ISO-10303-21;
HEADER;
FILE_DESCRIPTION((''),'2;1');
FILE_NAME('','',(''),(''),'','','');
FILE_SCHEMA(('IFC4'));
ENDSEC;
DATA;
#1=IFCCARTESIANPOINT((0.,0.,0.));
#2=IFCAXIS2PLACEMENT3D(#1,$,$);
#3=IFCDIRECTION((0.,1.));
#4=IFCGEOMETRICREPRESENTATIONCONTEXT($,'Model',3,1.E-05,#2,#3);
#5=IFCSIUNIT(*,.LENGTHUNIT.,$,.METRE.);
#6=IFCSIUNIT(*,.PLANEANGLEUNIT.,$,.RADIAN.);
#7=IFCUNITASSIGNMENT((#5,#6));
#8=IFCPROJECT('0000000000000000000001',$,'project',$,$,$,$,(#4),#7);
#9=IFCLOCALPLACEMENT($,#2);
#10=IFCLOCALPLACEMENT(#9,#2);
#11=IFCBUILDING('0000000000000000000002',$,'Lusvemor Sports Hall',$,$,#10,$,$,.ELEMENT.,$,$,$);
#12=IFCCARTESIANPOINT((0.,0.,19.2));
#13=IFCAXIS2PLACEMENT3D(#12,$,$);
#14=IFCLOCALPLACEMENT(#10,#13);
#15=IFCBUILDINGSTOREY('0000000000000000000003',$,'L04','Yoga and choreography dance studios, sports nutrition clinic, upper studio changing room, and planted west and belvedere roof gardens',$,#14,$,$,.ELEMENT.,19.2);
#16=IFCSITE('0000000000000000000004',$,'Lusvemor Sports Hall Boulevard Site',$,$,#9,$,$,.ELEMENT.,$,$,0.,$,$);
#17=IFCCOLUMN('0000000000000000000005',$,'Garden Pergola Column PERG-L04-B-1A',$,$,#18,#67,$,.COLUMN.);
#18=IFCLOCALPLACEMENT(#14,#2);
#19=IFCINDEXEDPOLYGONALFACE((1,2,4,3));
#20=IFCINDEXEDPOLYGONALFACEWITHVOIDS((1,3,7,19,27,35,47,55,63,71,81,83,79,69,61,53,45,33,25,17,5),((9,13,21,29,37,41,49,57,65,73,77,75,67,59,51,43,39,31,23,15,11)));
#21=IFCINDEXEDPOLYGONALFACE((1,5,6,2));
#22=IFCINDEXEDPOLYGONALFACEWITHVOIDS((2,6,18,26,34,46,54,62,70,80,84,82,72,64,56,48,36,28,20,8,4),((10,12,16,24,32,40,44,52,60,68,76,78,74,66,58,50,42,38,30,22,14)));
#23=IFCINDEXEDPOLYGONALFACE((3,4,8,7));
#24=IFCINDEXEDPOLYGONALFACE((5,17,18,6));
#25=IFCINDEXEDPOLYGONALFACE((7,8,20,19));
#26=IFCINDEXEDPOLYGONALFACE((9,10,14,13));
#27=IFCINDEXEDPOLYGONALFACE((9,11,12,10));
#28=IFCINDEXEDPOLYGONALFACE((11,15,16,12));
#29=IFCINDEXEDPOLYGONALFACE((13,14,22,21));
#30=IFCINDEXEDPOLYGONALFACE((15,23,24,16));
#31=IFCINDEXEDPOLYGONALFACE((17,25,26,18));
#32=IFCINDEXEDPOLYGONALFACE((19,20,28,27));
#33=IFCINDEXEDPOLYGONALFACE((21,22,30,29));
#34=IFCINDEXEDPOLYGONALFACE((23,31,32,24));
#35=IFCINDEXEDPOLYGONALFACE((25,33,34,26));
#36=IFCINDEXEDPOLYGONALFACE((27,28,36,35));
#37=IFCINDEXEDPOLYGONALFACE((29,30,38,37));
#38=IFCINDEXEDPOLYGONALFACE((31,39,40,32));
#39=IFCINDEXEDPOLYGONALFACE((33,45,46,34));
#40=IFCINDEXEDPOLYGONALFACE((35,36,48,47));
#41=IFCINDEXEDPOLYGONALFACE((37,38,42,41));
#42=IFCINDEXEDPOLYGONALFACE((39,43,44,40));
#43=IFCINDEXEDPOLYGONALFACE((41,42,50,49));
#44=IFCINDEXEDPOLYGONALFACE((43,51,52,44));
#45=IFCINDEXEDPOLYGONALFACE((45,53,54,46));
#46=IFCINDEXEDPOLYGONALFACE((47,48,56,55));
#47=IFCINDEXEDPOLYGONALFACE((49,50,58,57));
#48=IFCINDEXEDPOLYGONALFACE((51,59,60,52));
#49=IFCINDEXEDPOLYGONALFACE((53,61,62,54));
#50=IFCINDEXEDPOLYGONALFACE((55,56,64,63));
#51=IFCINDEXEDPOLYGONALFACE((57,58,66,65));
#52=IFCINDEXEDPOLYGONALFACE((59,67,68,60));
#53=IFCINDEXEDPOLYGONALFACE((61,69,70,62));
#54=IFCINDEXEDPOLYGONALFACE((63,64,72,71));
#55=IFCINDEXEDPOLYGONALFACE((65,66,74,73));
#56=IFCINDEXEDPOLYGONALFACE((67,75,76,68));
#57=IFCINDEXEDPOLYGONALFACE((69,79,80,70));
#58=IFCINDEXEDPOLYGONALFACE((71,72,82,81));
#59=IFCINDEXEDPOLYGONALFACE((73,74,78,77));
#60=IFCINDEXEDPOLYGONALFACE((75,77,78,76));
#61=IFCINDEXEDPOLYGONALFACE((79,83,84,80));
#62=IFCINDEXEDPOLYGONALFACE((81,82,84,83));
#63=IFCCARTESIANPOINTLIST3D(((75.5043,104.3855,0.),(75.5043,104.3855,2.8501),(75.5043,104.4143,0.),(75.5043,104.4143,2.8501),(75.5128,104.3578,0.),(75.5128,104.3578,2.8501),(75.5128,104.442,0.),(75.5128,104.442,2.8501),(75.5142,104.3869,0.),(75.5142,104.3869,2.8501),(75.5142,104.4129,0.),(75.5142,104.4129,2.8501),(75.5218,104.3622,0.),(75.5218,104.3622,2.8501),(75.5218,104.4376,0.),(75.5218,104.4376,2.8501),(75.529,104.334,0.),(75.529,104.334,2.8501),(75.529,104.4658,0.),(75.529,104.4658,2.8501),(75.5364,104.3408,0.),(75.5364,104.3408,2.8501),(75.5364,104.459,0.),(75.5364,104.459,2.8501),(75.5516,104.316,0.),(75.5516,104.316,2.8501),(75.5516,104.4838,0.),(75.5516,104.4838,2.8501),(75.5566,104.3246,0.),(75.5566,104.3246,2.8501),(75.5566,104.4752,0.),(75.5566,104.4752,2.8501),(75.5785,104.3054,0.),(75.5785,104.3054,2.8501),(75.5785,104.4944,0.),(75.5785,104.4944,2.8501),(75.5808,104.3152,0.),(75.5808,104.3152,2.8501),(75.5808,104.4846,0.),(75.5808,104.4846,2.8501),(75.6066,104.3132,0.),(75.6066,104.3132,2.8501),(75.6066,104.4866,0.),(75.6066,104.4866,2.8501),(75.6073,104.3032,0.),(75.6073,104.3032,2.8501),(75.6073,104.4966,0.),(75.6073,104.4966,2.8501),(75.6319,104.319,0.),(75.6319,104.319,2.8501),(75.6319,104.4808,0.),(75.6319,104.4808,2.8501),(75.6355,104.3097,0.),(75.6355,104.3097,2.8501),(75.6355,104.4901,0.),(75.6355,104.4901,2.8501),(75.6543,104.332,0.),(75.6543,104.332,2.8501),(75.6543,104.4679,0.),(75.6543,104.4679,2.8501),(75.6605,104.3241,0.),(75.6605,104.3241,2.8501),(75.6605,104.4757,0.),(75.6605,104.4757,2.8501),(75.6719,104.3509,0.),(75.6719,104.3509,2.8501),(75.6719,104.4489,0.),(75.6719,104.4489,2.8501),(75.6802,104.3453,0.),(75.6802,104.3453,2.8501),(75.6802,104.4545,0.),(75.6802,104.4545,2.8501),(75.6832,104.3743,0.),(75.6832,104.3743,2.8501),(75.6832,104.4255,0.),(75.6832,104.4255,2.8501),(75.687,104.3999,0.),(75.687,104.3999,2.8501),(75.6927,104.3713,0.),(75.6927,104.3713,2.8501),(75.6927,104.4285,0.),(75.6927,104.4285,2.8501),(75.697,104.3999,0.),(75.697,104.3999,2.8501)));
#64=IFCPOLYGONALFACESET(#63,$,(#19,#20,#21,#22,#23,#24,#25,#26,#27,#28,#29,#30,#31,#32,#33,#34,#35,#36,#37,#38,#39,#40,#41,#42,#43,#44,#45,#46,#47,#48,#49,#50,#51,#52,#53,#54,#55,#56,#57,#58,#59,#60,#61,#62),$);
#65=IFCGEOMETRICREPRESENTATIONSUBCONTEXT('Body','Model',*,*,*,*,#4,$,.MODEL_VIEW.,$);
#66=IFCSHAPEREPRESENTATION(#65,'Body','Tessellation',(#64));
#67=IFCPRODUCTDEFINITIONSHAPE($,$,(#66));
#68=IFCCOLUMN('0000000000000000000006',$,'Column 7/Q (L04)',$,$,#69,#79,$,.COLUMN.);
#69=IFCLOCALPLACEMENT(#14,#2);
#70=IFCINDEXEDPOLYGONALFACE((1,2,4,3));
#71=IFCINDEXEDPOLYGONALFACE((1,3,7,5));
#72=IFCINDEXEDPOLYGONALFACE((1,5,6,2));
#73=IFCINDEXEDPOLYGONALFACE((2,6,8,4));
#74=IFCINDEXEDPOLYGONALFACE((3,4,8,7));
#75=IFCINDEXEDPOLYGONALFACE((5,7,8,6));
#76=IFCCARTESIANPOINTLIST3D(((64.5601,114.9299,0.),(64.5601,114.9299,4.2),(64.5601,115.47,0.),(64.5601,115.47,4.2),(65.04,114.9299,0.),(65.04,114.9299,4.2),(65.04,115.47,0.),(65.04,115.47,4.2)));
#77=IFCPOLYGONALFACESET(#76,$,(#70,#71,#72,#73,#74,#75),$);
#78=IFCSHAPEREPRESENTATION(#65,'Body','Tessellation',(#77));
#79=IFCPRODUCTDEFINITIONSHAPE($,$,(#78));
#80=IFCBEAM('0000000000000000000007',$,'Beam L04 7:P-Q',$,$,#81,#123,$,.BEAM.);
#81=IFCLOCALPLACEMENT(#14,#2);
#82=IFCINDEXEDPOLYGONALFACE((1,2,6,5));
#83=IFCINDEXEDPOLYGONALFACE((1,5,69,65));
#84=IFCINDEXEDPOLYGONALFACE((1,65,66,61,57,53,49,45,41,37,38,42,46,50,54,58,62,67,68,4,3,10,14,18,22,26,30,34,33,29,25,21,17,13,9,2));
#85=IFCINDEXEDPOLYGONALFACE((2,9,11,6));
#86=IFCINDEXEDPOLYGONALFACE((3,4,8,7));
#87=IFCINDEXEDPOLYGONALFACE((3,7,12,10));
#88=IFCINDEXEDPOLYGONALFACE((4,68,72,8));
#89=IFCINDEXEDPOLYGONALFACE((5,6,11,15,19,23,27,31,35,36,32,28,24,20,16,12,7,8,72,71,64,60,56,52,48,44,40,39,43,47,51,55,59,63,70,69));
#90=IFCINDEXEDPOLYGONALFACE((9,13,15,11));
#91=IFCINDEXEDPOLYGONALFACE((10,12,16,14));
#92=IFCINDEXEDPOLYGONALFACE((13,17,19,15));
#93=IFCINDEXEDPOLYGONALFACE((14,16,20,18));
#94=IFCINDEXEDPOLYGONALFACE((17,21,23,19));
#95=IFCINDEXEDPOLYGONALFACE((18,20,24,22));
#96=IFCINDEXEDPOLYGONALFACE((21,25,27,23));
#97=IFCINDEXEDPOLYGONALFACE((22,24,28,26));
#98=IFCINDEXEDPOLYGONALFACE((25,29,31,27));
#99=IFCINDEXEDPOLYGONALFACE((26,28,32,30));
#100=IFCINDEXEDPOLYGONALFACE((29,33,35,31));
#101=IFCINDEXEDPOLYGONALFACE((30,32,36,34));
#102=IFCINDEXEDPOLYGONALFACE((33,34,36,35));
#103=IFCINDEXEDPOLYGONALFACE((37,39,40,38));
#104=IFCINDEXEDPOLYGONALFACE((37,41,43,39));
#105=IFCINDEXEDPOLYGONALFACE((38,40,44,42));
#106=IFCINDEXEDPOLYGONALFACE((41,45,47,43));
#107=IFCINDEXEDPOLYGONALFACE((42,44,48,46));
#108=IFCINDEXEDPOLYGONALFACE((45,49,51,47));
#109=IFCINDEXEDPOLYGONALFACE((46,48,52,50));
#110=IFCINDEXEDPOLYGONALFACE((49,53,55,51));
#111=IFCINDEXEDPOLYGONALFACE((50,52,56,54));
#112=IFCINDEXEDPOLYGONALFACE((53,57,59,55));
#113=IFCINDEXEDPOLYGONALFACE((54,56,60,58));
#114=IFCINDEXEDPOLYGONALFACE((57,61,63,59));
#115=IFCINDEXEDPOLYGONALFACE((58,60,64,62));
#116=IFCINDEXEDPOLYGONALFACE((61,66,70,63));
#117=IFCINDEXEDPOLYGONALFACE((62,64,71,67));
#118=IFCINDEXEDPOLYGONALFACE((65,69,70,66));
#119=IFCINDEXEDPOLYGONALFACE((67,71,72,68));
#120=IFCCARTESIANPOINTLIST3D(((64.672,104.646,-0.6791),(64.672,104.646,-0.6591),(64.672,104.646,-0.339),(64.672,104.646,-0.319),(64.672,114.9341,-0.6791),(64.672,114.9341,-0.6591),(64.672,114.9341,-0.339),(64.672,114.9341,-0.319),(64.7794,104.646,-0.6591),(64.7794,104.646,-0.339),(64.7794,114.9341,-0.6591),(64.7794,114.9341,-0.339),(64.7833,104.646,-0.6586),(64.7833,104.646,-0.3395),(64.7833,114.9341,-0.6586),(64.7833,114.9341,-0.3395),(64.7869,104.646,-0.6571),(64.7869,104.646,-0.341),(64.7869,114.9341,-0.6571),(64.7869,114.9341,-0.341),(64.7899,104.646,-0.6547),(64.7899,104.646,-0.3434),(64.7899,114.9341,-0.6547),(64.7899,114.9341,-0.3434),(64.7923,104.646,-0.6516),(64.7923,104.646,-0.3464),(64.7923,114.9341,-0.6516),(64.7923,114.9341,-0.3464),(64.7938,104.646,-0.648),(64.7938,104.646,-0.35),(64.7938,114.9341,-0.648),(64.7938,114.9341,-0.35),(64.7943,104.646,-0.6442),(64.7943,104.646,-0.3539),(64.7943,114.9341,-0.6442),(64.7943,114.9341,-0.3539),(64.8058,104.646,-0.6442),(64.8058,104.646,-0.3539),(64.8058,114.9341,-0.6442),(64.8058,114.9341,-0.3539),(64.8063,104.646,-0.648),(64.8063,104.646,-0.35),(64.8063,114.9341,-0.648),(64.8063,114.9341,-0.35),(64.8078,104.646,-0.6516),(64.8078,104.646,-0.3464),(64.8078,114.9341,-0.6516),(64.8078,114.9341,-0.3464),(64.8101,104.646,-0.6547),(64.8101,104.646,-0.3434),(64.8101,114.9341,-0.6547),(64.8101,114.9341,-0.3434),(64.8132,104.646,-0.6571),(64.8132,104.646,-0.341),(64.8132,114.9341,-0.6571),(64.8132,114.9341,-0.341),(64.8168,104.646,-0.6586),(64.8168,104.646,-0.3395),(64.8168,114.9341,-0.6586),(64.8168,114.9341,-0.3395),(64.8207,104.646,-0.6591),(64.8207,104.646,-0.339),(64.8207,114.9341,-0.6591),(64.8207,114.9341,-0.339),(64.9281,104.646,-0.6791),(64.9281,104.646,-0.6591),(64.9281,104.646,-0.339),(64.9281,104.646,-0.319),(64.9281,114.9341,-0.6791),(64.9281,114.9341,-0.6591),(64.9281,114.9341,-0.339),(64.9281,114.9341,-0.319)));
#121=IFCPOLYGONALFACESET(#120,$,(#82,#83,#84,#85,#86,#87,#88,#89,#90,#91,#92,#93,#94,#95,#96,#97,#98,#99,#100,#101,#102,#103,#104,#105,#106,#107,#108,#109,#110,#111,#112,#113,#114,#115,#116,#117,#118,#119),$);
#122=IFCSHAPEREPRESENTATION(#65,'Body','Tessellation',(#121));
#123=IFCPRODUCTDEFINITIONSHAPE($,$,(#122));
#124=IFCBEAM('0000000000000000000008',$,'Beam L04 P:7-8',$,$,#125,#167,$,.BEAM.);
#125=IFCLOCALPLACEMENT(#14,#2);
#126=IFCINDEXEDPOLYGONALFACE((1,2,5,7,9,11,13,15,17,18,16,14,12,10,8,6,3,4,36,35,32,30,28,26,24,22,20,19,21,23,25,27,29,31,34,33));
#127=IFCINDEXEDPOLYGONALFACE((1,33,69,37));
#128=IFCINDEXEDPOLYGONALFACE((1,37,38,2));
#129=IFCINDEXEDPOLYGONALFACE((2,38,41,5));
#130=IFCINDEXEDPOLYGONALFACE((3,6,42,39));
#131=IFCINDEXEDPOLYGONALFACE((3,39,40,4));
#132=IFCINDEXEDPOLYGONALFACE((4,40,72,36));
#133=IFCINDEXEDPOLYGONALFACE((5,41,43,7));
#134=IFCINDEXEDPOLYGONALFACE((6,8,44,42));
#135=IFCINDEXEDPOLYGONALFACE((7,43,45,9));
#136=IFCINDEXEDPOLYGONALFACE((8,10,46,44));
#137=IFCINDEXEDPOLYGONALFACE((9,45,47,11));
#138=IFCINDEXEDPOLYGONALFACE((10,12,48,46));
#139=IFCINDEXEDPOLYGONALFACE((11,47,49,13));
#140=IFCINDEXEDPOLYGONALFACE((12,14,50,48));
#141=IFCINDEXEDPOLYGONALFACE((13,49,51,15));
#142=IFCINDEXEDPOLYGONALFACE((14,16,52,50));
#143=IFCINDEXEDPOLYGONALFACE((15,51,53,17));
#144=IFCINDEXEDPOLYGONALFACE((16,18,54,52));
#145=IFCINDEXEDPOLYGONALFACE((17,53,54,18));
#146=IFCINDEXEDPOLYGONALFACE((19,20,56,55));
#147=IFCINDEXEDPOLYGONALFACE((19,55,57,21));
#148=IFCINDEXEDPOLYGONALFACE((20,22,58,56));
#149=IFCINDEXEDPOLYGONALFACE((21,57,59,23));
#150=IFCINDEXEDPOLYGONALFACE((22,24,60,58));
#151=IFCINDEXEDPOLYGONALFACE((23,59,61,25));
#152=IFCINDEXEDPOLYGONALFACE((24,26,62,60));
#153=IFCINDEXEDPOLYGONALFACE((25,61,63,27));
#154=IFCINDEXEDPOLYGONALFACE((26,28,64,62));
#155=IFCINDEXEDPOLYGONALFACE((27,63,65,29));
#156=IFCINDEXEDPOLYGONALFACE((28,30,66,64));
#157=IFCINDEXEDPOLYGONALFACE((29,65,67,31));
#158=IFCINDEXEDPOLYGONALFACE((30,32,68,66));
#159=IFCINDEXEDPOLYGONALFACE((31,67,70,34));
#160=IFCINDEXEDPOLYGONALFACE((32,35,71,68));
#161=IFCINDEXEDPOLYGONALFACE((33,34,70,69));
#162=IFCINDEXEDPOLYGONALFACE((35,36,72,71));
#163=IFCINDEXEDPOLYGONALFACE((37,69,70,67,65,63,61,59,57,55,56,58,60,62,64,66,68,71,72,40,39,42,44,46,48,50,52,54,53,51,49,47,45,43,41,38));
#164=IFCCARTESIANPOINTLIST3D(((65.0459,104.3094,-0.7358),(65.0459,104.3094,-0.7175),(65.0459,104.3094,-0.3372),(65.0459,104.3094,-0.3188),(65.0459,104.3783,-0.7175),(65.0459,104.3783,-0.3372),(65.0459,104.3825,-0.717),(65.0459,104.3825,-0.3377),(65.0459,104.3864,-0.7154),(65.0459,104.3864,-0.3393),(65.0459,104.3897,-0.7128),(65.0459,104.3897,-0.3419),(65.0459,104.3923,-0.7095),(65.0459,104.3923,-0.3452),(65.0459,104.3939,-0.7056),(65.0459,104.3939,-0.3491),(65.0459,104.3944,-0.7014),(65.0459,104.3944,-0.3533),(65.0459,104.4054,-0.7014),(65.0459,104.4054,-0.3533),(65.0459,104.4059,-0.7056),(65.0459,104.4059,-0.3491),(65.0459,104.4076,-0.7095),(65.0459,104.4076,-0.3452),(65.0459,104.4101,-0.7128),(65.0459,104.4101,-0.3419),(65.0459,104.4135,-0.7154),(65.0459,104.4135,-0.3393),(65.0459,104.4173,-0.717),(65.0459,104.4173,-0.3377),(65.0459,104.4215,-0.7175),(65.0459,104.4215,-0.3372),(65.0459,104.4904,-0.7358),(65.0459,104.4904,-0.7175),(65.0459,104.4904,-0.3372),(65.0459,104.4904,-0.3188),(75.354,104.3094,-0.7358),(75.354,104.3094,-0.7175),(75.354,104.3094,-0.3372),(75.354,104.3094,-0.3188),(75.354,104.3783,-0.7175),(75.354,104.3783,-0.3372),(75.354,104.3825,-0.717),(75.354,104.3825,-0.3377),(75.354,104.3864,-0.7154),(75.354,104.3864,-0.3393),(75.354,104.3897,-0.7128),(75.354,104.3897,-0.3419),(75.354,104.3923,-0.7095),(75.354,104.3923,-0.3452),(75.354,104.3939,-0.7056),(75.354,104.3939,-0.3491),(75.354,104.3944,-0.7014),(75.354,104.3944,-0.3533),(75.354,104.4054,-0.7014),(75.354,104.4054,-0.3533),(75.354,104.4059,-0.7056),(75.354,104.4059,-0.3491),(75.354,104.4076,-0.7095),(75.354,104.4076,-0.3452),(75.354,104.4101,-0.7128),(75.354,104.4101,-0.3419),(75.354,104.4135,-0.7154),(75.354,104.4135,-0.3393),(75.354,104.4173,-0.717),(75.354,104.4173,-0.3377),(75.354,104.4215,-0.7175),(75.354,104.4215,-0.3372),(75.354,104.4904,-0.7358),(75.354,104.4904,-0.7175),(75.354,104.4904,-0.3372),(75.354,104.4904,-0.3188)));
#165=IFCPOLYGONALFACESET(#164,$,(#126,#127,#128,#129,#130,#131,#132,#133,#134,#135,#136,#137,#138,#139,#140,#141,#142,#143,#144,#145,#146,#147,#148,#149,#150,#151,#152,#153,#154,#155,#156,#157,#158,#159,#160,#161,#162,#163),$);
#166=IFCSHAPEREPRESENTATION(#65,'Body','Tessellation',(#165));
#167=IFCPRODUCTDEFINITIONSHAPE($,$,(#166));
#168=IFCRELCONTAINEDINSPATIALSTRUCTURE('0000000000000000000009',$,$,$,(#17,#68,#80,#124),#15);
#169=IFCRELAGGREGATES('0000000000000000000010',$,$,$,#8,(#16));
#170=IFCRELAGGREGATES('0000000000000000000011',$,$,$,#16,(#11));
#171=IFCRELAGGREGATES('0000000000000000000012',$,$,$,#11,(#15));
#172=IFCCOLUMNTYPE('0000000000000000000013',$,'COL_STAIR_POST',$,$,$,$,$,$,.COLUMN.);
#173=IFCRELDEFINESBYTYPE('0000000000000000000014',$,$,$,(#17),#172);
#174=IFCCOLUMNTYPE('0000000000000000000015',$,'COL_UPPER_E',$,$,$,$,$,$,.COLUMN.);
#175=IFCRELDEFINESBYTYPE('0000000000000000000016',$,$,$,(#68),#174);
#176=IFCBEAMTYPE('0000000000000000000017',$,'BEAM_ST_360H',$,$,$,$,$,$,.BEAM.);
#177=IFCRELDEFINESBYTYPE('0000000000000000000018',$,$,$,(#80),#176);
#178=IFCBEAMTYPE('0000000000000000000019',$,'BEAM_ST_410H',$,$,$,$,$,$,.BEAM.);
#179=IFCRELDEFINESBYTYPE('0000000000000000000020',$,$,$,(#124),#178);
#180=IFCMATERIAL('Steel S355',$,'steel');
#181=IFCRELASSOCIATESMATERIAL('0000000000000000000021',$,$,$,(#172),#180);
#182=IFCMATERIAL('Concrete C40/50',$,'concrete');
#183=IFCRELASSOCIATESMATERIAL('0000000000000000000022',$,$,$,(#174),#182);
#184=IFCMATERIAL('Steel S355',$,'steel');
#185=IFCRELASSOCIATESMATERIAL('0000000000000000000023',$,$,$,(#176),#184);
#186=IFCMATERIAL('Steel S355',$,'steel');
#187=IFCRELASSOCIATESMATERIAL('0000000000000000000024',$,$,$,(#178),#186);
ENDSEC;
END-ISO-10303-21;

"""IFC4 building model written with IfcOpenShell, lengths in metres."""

from ifc_helpers import new_model, si_unit, direction, frame, origin, origin_2d, place, context, subcontext, project, spatial, rectangle, hollow_circle, i_section, extrude, material, material_profile, profile_set, type_object, element, save


model = new_model("IFC4")

# Units and contexts
model_context = context("Model", 3, precision=1e-05, world=origin(), true_north=direction((0.0, 1.0)))
body_context = subcontext(model_context, "Body", "Model", "MODEL_VIEW")
ifc_project = project(units=[si_unit("LENGTHUNIT", "METRE"), si_unit("PLANEANGLEUNIT", "RADIAN")], contexts=[model_context])

# Site, building, storey
site_placement = place(None, origin())
site = spatial("IfcSite", under=ifc_project, at=site_placement, Name="Lusvemor Sports Hall Boulevard Site", CompositionType="ELEMENT", RefElevation=0.0)
building_placement = place(site_placement, origin())
building = spatial("IfcBuilding", under=site, at=building_placement, Name="Lusvemor Sports Hall", CompositionType="ELEMENT")
storey_placement = place(building_placement, frame((0.0, 0.0, 19.2)))
storey = spatial("IfcBuildingStorey", under=building, at=storey_placement, Name="L04", Description="Yoga and choreography dance studios, sports nutrition clinic, upper studio changing room, and planted west and belvedere roof gardens", CompositionType="ELEMENT", Elevation=19.2)

# Columns
ifc_material_1 = material(Name="Steel S355", Category="steel")
ifc_material_profile_1 = material_profile(ifc_material_1, hollow_circle(Radius=0.0969, WallThickness=0.01, at=origin_2d()), Name="CHS193.7x10.0")
ifc_profile_set_1 = profile_set([ifc_material_profile_1], Name="Steel S355")
column_type_1 = type_object("IfcColumnType", Name="COL_STAIR_POST", PredefinedType="COLUMN", material=ifc_profile_set_1)
column_1_placement = place(storey_placement, frame((75.6001, 104.3999, 0.0), z_axis=(0.0, 0.0, 1.0), x_axis=(1.0, 0.0, 0.0)))
element("IfcColumn", 1, at=column_1_placement, inside=storey, type_object=column_type_1, Name="Garden Pergola Column PERG-L04-B-1A", PredefinedType="COLUMN", context=body_context, shape_type="SweptSolid", body=[
    extrude(hollow_circle(Radius=0.0969, WallThickness=0.01, at=origin_2d()), origin(), (0.0, 0.0, 1.0), 2.8501),
])
ifc_material_2 = material(Name="Concrete C40/50", Category="concrete")
ifc_material_profile_2 = material_profile(ifc_material_2, rectangle(XDim=0.48, YDim=0.54, at=origin_2d()), Name="RC480x540")
ifc_profile_set_2 = profile_set([ifc_material_profile_2], Name="Concrete C40/50")
column_type_2 = type_object("IfcColumnType", Name="COL_UPPER_E", PredefinedType="COLUMN", material=ifc_profile_set_2)
column_2_placement = place(storey_placement, frame((64.8, 115.2, 0.0), z_axis=(0.0, 0.0, 1.0), x_axis=(1.0, 0.0, 0.0)))
element("IfcColumn", 2, at=column_2_placement, inside=storey, type_object=column_type_2, Name="Column 7/Q (L04)", PredefinedType="COLUMN", context=body_context, shape_type="SweptSolid", body=[
    extrude(rectangle(XDim=0.48, YDim=0.54, at=origin_2d()), origin(), (0.0, 0.0, 1.0), 4.2),
])

# Beams
ifc_material_3 = material(Name="Steel S355", Category="steel")
ifc_material_profile_3 = material_profile(ifc_material_3, i_section(OverallWidth=0.2561, OverallDepth=0.3601, WebThickness=0.0115, FlangeThickness=0.02, FilletRadius=0.0149, at=origin_2d()), Name="W360x110.0")
ifc_profile_set_3 = profile_set([ifc_material_profile_3], Name="Steel S355")
beam_type_1 = type_object("IfcBeamType", Name="BEAM_ST_360H", PredefinedType="BEAM", material=ifc_profile_set_3)
beam_1_placement = place(storey_placement, frame((64.8, 104.646, -0.499), z_axis=(0.0, 1.0, 0.0), x_axis=(-1.0, 0.0, 0.0)))
element("IfcBeam", 3, at=beam_1_placement, inside=storey, type_object=beam_type_1, Name="Beam L04 7:P-Q", PredefinedType="BEAM", context=body_context, shape_type="SweptSolid", body=[
    extrude(i_section(OverallWidth=0.2561, OverallDepth=0.3601, WebThickness=0.0115, FlangeThickness=0.02, FilletRadius=0.0149, at=origin_2d()), origin(), (0.0, 0.0, 1.0), 10.2881),
])
ifc_material_4 = material(Name="Steel S355", Category="steel")
ifc_material_profile_4 = material_profile(ifc_material_4, i_section(OverallWidth=0.1809, OverallDepth=0.417, WebThickness=0.011, FlangeThickness=0.0183, FilletRadius=0.0161, at=origin_2d()), Name="W410x85.0")
ifc_profile_set_4 = profile_set([ifc_material_profile_4], Name="Steel S355")
beam_type_2 = type_object("IfcBeamType", Name="BEAM_ST_410H", PredefinedType="BEAM", material=ifc_profile_set_4)
beam_2_placement = place(storey_placement, frame((65.0459, 104.3999, -0.5273), z_axis=(1.0, 0.0, 0.0), x_axis=(0.0, 1.0, 0.0)))
element("IfcBeam", 4, at=beam_2_placement, inside=storey, type_object=beam_type_2, Name="Beam L04 P:7-8", PredefinedType="BEAM", context=body_context, shape_type="SweptSolid", body=[
    extrude(i_section(OverallWidth=0.1809, OverallDepth=0.417, WebThickness=0.011, FlangeThickness=0.0183, FilletRadius=0.0161, at=origin_2d()), origin(), (0.0, 0.0, 1.0), 10.3081),
])

save(model, "model.ifc")
